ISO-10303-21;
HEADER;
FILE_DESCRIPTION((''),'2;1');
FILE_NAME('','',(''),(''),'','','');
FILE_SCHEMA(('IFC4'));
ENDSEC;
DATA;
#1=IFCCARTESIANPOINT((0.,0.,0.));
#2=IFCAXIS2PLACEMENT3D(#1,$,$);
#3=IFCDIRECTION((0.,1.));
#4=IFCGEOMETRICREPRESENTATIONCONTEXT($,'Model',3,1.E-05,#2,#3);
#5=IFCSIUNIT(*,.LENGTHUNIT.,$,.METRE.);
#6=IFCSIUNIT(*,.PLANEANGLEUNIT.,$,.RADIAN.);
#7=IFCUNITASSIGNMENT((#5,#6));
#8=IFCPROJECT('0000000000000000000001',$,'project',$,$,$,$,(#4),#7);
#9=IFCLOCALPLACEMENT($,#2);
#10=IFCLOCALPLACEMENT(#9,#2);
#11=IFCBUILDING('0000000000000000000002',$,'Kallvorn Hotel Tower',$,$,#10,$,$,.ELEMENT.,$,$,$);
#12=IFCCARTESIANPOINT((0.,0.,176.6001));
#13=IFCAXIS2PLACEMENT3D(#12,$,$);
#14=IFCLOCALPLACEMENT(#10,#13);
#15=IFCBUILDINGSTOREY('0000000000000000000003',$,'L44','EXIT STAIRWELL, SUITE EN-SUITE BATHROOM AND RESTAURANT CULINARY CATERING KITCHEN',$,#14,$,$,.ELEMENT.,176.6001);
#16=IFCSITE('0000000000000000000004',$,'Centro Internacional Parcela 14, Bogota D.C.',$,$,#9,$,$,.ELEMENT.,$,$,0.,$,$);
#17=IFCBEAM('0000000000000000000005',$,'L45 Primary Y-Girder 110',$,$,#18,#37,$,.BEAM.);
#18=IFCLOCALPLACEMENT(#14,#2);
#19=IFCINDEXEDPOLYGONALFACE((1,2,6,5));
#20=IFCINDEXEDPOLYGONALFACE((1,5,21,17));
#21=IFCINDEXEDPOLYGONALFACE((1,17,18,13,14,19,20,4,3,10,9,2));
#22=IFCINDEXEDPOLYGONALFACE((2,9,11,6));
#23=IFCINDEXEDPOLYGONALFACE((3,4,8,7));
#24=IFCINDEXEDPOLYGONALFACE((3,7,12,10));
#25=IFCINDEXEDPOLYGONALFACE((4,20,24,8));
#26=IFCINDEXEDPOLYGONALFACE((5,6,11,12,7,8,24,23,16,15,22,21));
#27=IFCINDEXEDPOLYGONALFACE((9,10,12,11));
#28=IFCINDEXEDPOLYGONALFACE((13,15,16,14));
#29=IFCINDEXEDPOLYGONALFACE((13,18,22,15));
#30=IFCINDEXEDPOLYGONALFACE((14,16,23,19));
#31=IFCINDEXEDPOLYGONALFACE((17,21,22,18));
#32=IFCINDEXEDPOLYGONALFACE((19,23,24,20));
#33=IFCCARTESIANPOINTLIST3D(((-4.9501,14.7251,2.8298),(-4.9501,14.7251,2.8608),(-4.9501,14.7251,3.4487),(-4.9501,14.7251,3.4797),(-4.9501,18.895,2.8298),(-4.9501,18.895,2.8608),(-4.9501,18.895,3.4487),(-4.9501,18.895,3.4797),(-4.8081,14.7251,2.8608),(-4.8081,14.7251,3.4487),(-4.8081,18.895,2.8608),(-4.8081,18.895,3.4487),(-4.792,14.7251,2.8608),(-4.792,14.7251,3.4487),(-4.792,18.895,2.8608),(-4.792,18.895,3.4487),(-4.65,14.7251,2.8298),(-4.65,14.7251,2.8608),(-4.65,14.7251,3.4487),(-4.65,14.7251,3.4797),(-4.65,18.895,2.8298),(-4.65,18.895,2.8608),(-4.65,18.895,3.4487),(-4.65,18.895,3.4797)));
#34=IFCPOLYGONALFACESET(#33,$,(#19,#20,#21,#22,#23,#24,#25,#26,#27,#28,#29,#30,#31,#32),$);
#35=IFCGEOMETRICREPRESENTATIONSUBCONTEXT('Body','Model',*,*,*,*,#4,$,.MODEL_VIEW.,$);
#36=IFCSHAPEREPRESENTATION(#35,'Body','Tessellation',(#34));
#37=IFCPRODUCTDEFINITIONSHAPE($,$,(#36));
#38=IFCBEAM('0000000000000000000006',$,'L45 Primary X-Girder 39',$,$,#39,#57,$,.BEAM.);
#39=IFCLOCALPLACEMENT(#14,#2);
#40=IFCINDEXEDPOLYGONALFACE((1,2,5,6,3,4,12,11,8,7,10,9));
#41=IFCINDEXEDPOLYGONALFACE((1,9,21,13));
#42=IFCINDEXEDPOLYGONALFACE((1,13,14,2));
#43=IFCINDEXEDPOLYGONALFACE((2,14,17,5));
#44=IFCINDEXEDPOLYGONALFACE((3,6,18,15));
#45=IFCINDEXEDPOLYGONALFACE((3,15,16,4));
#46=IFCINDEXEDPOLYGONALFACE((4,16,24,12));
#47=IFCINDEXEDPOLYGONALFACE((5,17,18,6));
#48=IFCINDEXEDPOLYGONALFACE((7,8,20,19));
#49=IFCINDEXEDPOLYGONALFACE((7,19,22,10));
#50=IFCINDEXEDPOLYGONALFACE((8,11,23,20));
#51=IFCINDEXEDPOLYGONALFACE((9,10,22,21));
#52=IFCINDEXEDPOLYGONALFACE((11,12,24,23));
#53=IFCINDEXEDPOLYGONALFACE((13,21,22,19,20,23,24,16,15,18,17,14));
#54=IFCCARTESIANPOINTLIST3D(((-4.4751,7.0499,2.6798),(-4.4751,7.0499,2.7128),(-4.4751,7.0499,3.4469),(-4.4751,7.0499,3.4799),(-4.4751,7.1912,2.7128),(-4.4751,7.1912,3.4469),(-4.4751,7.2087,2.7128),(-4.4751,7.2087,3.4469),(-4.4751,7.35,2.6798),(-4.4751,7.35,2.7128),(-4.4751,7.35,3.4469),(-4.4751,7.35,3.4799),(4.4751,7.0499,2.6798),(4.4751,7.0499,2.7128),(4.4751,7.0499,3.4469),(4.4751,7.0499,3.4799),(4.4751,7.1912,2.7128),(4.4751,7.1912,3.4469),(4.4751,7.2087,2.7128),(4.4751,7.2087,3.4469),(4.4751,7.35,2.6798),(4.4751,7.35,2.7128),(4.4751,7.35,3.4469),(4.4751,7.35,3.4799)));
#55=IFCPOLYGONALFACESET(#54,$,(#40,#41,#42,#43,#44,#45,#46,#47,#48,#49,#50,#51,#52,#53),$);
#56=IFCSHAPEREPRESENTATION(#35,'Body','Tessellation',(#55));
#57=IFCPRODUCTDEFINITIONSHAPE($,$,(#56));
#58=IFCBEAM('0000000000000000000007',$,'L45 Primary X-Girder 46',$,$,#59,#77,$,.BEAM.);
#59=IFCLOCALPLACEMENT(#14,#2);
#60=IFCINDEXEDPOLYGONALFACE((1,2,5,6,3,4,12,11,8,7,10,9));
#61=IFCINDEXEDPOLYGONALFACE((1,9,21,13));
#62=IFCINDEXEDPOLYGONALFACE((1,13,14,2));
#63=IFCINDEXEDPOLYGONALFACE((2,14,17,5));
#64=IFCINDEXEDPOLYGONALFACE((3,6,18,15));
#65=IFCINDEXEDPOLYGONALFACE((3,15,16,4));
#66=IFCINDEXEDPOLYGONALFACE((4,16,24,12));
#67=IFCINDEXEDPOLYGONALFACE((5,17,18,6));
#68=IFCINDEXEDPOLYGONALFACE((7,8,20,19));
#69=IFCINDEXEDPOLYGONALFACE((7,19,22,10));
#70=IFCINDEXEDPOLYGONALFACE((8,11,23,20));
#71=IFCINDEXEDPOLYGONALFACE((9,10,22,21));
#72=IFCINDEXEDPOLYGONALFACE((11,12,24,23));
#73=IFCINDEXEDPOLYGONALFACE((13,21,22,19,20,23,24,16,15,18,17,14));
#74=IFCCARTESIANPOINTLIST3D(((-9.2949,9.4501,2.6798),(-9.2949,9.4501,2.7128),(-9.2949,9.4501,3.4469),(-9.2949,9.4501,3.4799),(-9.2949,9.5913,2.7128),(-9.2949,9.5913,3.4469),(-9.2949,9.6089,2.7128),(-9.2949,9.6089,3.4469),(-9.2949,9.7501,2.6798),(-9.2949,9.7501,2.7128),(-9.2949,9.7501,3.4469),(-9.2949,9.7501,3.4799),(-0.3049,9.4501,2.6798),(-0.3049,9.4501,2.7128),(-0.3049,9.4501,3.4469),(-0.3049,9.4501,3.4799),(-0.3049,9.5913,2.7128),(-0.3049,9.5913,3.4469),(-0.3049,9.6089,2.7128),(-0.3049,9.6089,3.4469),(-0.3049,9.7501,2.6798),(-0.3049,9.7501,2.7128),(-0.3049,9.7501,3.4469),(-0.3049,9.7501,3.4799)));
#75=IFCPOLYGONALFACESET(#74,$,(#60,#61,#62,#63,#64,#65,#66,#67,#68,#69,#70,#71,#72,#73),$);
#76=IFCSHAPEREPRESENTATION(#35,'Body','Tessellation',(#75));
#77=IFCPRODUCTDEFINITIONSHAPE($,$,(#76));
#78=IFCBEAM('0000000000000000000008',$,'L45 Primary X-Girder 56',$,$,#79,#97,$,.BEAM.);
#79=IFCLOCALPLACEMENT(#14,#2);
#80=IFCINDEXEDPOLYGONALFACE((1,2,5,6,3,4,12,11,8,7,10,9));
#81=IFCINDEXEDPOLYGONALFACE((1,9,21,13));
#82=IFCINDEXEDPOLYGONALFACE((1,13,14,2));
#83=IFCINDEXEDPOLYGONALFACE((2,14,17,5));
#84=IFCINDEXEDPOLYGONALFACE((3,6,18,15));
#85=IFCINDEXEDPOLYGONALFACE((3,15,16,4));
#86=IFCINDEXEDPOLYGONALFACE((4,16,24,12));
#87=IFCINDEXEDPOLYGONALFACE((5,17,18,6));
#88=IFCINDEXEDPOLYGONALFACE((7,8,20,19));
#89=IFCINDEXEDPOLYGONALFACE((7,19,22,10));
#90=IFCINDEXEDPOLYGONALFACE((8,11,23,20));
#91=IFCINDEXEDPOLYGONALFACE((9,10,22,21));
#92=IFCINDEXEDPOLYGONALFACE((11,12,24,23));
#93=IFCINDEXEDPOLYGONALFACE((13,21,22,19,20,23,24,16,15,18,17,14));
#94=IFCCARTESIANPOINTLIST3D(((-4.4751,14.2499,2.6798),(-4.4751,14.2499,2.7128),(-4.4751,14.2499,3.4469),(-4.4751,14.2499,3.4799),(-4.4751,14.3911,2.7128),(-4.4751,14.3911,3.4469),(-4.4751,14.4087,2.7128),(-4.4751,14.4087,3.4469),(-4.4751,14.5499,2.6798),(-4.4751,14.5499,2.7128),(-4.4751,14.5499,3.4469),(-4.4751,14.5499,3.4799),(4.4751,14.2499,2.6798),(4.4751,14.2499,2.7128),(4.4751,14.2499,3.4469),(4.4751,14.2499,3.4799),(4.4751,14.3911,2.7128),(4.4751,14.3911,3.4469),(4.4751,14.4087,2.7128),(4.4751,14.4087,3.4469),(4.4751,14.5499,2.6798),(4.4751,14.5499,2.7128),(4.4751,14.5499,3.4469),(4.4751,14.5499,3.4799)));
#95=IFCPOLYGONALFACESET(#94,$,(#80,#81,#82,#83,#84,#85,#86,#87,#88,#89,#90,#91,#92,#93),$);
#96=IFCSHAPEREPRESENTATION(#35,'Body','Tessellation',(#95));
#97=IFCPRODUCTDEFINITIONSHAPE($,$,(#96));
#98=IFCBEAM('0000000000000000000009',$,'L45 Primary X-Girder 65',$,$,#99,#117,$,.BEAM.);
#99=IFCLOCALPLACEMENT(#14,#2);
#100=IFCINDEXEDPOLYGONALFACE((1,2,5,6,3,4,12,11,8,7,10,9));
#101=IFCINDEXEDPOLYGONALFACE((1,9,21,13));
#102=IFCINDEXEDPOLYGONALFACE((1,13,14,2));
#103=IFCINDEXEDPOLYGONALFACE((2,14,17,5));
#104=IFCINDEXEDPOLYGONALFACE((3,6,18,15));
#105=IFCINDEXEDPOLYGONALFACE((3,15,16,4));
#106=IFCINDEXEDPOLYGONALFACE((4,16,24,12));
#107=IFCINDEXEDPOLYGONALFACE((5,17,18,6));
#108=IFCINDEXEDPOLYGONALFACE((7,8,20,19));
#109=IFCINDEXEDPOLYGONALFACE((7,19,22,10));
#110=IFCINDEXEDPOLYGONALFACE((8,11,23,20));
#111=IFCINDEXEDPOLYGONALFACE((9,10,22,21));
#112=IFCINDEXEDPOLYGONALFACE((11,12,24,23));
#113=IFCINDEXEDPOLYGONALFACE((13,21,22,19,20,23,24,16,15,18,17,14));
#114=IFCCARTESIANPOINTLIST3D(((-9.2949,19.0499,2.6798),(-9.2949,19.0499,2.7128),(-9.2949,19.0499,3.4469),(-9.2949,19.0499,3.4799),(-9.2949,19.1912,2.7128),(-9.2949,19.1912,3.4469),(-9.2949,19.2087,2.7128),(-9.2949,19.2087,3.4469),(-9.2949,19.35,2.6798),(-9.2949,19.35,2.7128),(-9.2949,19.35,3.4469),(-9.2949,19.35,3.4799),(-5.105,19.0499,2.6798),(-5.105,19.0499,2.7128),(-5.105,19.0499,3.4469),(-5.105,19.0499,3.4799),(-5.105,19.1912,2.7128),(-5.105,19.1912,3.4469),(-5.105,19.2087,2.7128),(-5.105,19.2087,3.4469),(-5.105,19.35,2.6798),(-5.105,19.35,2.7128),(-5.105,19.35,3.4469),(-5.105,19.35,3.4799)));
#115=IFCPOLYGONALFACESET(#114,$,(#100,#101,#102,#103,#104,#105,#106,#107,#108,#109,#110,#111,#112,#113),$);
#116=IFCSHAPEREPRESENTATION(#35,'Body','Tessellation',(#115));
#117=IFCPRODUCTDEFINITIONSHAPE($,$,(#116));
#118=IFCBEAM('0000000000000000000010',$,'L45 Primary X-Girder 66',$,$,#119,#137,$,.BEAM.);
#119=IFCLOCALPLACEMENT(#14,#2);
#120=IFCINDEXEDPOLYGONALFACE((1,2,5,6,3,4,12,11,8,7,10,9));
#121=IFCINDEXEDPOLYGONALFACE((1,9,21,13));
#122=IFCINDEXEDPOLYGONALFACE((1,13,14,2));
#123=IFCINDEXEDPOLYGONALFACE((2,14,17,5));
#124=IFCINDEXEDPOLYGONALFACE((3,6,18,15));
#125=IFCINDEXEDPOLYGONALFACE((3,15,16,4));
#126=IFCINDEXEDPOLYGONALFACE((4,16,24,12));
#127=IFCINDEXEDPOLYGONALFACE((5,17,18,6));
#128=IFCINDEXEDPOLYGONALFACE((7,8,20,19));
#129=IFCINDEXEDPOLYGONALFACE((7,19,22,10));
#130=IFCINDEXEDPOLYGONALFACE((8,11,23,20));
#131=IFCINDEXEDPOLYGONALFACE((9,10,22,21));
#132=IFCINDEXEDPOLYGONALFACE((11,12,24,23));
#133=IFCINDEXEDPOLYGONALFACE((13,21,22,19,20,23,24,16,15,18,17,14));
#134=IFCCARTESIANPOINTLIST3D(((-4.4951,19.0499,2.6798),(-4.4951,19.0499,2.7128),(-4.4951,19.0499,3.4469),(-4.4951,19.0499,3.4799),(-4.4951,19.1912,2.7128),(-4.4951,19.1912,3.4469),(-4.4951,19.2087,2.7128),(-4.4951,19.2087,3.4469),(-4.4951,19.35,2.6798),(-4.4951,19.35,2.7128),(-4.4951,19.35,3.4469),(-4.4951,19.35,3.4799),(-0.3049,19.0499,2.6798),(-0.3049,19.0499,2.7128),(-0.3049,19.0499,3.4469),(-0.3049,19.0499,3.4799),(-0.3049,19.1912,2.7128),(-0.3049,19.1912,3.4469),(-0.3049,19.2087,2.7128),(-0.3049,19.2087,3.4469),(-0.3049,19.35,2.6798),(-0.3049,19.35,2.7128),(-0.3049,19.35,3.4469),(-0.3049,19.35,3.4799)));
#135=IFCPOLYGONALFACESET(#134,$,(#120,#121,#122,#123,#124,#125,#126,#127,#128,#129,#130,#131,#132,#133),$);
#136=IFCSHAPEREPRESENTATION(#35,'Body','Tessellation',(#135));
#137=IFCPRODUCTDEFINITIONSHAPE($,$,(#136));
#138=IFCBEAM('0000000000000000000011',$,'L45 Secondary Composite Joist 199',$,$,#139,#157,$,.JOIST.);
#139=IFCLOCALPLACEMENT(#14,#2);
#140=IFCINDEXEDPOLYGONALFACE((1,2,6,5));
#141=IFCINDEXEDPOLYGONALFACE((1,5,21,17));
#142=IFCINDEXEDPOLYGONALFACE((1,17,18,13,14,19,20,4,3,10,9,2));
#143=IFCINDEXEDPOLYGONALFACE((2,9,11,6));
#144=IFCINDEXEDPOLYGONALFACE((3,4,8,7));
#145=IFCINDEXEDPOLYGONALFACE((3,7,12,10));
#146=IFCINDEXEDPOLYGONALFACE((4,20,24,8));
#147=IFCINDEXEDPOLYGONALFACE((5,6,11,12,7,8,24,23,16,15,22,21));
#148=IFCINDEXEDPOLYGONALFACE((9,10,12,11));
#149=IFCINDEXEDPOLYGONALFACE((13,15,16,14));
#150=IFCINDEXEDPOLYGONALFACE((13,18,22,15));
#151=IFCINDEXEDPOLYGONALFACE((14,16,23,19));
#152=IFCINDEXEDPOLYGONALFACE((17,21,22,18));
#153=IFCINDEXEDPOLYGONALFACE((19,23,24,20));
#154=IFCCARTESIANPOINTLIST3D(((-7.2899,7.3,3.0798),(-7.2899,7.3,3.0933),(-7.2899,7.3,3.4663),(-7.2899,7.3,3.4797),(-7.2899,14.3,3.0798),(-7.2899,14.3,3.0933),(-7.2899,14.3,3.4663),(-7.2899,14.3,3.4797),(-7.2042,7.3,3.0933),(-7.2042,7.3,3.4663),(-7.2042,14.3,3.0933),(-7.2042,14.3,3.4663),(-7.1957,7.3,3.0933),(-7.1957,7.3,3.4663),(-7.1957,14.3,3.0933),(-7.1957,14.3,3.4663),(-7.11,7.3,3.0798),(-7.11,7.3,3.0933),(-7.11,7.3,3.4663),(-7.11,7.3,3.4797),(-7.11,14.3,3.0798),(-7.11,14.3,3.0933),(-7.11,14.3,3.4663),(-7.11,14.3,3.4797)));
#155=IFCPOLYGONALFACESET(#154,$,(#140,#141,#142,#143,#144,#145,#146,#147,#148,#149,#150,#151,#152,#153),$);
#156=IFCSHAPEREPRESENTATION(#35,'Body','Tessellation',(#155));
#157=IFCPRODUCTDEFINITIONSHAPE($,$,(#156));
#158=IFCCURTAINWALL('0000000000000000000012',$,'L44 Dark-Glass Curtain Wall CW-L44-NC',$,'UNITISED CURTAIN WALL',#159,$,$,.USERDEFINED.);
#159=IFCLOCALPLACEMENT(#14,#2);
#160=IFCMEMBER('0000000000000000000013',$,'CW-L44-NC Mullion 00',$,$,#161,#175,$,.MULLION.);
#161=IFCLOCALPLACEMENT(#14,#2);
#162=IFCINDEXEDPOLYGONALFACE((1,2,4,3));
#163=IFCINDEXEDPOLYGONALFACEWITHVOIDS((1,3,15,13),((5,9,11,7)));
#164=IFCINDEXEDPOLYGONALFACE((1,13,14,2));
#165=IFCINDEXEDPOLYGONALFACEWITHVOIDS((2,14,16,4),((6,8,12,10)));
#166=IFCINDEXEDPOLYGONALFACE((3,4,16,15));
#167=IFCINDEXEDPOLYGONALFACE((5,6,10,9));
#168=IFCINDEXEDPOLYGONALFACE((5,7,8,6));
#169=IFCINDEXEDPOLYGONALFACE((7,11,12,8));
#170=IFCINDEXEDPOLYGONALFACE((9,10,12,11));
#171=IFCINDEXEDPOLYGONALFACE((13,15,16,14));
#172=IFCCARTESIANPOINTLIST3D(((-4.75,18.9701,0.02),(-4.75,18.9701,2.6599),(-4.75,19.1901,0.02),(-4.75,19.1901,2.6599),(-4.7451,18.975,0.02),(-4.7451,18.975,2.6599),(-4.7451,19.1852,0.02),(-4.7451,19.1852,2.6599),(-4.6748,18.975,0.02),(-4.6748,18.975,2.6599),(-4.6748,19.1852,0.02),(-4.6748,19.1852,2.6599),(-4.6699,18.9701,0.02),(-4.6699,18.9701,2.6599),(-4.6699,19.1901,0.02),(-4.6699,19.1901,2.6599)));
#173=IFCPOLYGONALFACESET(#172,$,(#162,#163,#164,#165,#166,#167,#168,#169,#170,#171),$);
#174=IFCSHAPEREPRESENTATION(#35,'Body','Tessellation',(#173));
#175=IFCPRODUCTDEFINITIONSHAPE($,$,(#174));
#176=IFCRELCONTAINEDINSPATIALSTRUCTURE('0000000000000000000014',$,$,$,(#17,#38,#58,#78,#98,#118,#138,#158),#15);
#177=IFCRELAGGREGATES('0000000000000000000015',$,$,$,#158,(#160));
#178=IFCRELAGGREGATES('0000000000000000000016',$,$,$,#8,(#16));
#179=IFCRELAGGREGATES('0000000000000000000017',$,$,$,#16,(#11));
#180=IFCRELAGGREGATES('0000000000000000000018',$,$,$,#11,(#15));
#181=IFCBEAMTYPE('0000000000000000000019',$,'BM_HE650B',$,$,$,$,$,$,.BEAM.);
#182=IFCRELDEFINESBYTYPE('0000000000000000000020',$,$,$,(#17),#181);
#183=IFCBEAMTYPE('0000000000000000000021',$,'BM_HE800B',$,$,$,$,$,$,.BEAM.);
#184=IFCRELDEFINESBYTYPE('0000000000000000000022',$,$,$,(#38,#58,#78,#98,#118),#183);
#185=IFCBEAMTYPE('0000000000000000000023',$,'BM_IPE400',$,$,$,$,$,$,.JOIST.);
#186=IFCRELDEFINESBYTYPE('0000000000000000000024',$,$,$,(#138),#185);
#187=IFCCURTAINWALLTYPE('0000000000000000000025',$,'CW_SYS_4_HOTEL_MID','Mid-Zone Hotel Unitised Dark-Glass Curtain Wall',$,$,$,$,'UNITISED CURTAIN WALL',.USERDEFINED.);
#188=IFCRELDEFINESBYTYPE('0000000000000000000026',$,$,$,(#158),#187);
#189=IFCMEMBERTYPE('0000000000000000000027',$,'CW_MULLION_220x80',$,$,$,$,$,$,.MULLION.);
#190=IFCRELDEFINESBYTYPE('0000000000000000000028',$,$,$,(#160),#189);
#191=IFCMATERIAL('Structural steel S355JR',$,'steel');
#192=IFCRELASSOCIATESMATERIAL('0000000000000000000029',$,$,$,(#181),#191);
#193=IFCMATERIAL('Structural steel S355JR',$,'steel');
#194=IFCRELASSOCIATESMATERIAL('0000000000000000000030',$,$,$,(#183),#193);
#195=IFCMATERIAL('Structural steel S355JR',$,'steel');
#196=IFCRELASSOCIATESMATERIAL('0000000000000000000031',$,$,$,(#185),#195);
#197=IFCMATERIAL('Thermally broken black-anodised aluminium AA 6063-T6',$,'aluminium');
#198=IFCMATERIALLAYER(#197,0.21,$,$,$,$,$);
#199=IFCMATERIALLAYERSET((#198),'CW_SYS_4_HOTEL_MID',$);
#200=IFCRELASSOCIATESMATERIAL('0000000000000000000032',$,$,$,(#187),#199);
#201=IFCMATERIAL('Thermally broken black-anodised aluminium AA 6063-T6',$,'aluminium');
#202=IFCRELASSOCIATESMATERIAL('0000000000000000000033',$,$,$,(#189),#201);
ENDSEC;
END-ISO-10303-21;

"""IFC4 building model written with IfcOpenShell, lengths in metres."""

from ifc_helpers import new_model, si_unit, direction, frame, origin, origin_2d, place, context, subcontext, project, spatial, hollow_rectangle, i_section, extrude, material, layer, layer_set, material_profile, profile_set, type_object, element, aggregate, save


model = new_model("IFC4")

# Units and contexts
model_context = context("Model", 3, precision=1e-05, world=origin(), true_north=direction((0.0, 1.0)))
body_context = subcontext(model_context, "Body", "Model", "MODEL_VIEW")
ifc_project = project(units=[si_unit("LENGTHUNIT", "METRE"), si_unit("PLANEANGLEUNIT", "RADIAN")], contexts=[model_context])

# Site, building, storey
site_placement = place(None, origin())
site = spatial("IfcSite", under=ifc_project, at=site_placement, Name="Centro Internacional Parcela 14, Bogota D.C.", CompositionType="ELEMENT", RefElevation=0.0)
building_placement = place(site_placement, origin())
building = spatial("IfcBuilding", under=site, at=building_placement, Name="Kallvorn Hotel Tower", CompositionType="ELEMENT")
storey_placement = place(building_placement, frame((0.0, 0.0, 176.6001)))
storey = spatial("IfcBuildingStorey", under=building, at=storey_placement, Name="L44", Description="EXIT STAIRWELL, SUITE EN-SUITE BATHROOM AND RESTAURANT CULINARY CATERING KITCHEN", CompositionType="ELEMENT", Elevation=176.6001)

# Beams
ifc_material_1 = material(Name="Structural steel S355JR", Category="steel")
ifc_material_profile_1 = material_profile(ifc_material_1, i_section(OverallWidth=0.3, OverallDepth=0.6499, WebThickness=0.0161, FlangeThickness=0.031, at=origin_2d()), Name="HE 650 B")
ifc_profile_set_1 = profile_set([ifc_material_profile_1], Name="Structural steel S355JR")
beam_type_1 = type_object("IfcBeamType", Name="BM_HE650B", PredefinedType="BEAM", material=ifc_profile_set_1)
beam_1_placement = place(storey_placement, frame((-4.8, 14.7251, 3.1548), z_axis=(0.0, 1.0, 0.0), x_axis=(-1.0, 0.0, 0.0)))
element("IfcBeam", 1, at=beam_1_placement, inside=storey, type_object=beam_type_1, Name="L45 Primary Y-Girder 110", PredefinedType="BEAM", context=body_context, shape_type="SweptSolid", body=[
    extrude(i_section(OverallWidth=0.3, OverallDepth=0.6499, WebThickness=0.0161, FlangeThickness=0.031, at=origin_2d()), origin(), (0.0, 0.0, 1.0), 4.1699),
])
ifc_material_2 = material(Name="Structural steel S355JR", Category="steel")
ifc_material_profile_2 = material_profile(ifc_material_2, i_section(OverallWidth=0.3, OverallDepth=0.8, WebThickness=0.0176, FlangeThickness=0.033, at=origin_2d()), Name="HE 800 B")
ifc_profile_set_2 = profile_set([ifc_material_profile_2], Name="Structural steel S355JR")
beam_type_2 = type_object("IfcBeamType", Name="BM_HE800B", PredefinedType="BEAM", material=ifc_profile_set_2)
beam_2_placement = place(storey_placement, frame((-4.4751, 7.2, 3.0798), z_axis=(1.0, 0.0, 0.0), x_axis=(0.0, 1.0, 0.0)))
element("IfcBeam", 2, at=beam_2_placement, inside=storey, type_object=beam_type_2, Name="L45 Primary X-Girder 39", PredefinedType="BEAM", context=body_context, shape_type="SweptSolid", body=[
    extrude(i_section(OverallWidth=0.3, OverallDepth=0.8, WebThickness=0.0176, FlangeThickness=0.033, at=origin_2d()), origin(), (0.0, 0.0, 1.0), 8.9502),
])
beam_3_placement = place(storey_placement, frame((-9.2949, 9.6001, 3.0798), z_axis=(1.0, 0.0, 0.0), x_axis=(0.0, 1.0, 0.0)))
element("IfcBeam", 3, at=beam_3_placement, inside=storey, type_object=beam_type_2, Name="L45 Primary X-Girder 46", PredefinedType="BEAM", context=body_context, shape_type="SweptSolid", body=[
    extrude(i_section(OverallWidth=0.3, OverallDepth=0.8, WebThickness=0.0176, FlangeThickness=0.033, at=origin_2d()), origin(), (0.0, 0.0, 1.0), 8.99),
])
beam_4_placement = place(storey_placement, frame((-4.4751, 14.3999, 3.0798), z_axis=(1.0, 0.0, 0.0), x_axis=(0.0, 1.0, 0.0)))
element("IfcBeam", 4, at=beam_4_placement, inside=storey, type_object=beam_type_2, Name="L45 Primary X-Girder 56", PredefinedType="BEAM", context=body_context, shape_type="SweptSolid", body=[
    extrude(i_section(OverallWidth=0.3, OverallDepth=0.8, WebThickness=0.0176, FlangeThickness=0.033, at=origin_2d()), origin(), (0.0, 0.0, 1.0), 8.9502),
])
beam_5_placement = place(storey_placement, frame((-9.2949, 19.2, 3.0798), z_axis=(1.0, 0.0, 0.0), x_axis=(0.0, 1.0, 0.0)))
element("IfcBeam", 5, at=beam_5_placement, inside=storey, type_object=beam_type_2, Name="L45 Primary X-Girder 65", PredefinedType="BEAM", context=body_context, shape_type="SweptSolid", body=[
    extrude(i_section(OverallWidth=0.3, OverallDepth=0.8, WebThickness=0.0176, FlangeThickness=0.033, at=origin_2d()), origin(), (0.0, 0.0, 1.0), 4.1899),
])
beam_6_placement = place(storey_placement, frame((-4.4951, 19.2, 3.0798), z_axis=(1.0, 0.0, 0.0), x_axis=(0.0, 1.0, 0.0)))
element("IfcBeam", 6, at=beam_6_placement, inside=storey, type_object=beam_type_2, Name="L45 Primary X-Girder 66", PredefinedType="BEAM", context=body_context, shape_type="SweptSolid", body=[
    extrude(i_section(OverallWidth=0.3, OverallDepth=0.8, WebThickness=0.0176, FlangeThickness=0.033, at=origin_2d()), origin(), (0.0, 0.0, 1.0), 4.1902),
])
ifc_material_3 = material(Name="Structural steel S355JR", Category="steel")
ifc_material_profile_3 = material_profile(ifc_material_3, i_section(OverallWidth=0.1799, OverallDepth=0.3999, WebThickness=0.0085, FlangeThickness=0.0134, at=origin_2d()), Name="IPE 400")
ifc_profile_set_3 = profile_set([ifc_material_profile_3], Name="Structural steel S355JR")
beam_type_3 = type_object("IfcBeamType", Name="BM_IPE400", PredefinedType="JOIST", material=ifc_profile_set_3)
beam_7_placement = place(storey_placement, frame((-7.2, 7.3, 3.2798), z_axis=(0.0, 1.0, 0.0), x_axis=(-1.0, 0.0, 0.0)))
element("IfcBeam", 7, at=beam_7_placement, inside=storey, type_object=beam_type_3, Name="L45 Secondary Composite Joist 199", PredefinedType="JOIST", context=body_context, shape_type="SweptSolid", body=[
    extrude(i_section(OverallWidth=0.1799, OverallDepth=0.3999, WebThickness=0.0085, FlangeThickness=0.0134, at=origin_2d()), origin(), (0.0, 0.0, 1.0), 7.0),
])

# Curtain wall, member
ifc_material_4 = material(Name="Thermally broken black-anodised aluminium AA 6063-T6", Category="aluminium")
ifc_layer_1 = layer(ifc_material_4, 0.21)
ifc_layer_set_1 = layer_set([ifc_layer_1], Name="CW_SYS_4_HOTEL_MID")
curtain_wall_type = type_object("IfcCurtainWallType", Name="CW_SYS_4_HOTEL_MID", Description="Mid-Zone Hotel Unitised Dark-Glass Curtain Wall", ElementType="UNITISED CURTAIN WALL", PredefinedType="USERDEFINED", material=ifc_layer_set_1)
curtain_wall_placement = place(storey_placement, origin())
curtain_wall = element("IfcCurtainWall", 8, at=curtain_wall_placement, inside=storey, type_object=curtain_wall_type, Name="L44 Dark-Glass Curtain Wall CW-L44-NC", ObjectType="UNITISED CURTAIN WALL", PredefinedType="USERDEFINED")
ifc_material_5 = material(Name="Thermally broken black-anodised aluminium AA 6063-T6", Category="aluminium")
ifc_material_profile_4 = material_profile(ifc_material_5, hollow_rectangle(XDim=0.0801, YDim=0.22, WallThickness=0.0049, at=origin_2d()), Name="MUL 220x80")
ifc_profile_set_4 = profile_set([ifc_material_profile_4], Name="Thermally broken black-anodised aluminium AA 6063-T6")
member_type_1 = type_object("IfcMemberType", Name="CW_MULLION_220x80", PredefinedType="MULLION", material=ifc_profile_set_4)
member_1_placement = place(storey_placement, frame((-4.71, 19.0801, 0.02), z_axis=(0.0, 0.0, 1.0), x_axis=(1.0, 0.0, 0.0)))
member_1 = element("IfcMember", 9, at=member_1_placement, type_object=member_type_1, Name="CW-L44-NC Mullion 00", PredefinedType="MULLION", context=body_context, shape_type="SweptSolid", body=[
    extrude(hollow_rectangle(XDim=0.0801, YDim=0.22, WallThickness=0.0049, at=origin_2d()), origin(), (0.0, 0.0, 1.0), 2.6399),
])
aggregate(curtain_wall, [member_1])

save(model, "model.ifc")
